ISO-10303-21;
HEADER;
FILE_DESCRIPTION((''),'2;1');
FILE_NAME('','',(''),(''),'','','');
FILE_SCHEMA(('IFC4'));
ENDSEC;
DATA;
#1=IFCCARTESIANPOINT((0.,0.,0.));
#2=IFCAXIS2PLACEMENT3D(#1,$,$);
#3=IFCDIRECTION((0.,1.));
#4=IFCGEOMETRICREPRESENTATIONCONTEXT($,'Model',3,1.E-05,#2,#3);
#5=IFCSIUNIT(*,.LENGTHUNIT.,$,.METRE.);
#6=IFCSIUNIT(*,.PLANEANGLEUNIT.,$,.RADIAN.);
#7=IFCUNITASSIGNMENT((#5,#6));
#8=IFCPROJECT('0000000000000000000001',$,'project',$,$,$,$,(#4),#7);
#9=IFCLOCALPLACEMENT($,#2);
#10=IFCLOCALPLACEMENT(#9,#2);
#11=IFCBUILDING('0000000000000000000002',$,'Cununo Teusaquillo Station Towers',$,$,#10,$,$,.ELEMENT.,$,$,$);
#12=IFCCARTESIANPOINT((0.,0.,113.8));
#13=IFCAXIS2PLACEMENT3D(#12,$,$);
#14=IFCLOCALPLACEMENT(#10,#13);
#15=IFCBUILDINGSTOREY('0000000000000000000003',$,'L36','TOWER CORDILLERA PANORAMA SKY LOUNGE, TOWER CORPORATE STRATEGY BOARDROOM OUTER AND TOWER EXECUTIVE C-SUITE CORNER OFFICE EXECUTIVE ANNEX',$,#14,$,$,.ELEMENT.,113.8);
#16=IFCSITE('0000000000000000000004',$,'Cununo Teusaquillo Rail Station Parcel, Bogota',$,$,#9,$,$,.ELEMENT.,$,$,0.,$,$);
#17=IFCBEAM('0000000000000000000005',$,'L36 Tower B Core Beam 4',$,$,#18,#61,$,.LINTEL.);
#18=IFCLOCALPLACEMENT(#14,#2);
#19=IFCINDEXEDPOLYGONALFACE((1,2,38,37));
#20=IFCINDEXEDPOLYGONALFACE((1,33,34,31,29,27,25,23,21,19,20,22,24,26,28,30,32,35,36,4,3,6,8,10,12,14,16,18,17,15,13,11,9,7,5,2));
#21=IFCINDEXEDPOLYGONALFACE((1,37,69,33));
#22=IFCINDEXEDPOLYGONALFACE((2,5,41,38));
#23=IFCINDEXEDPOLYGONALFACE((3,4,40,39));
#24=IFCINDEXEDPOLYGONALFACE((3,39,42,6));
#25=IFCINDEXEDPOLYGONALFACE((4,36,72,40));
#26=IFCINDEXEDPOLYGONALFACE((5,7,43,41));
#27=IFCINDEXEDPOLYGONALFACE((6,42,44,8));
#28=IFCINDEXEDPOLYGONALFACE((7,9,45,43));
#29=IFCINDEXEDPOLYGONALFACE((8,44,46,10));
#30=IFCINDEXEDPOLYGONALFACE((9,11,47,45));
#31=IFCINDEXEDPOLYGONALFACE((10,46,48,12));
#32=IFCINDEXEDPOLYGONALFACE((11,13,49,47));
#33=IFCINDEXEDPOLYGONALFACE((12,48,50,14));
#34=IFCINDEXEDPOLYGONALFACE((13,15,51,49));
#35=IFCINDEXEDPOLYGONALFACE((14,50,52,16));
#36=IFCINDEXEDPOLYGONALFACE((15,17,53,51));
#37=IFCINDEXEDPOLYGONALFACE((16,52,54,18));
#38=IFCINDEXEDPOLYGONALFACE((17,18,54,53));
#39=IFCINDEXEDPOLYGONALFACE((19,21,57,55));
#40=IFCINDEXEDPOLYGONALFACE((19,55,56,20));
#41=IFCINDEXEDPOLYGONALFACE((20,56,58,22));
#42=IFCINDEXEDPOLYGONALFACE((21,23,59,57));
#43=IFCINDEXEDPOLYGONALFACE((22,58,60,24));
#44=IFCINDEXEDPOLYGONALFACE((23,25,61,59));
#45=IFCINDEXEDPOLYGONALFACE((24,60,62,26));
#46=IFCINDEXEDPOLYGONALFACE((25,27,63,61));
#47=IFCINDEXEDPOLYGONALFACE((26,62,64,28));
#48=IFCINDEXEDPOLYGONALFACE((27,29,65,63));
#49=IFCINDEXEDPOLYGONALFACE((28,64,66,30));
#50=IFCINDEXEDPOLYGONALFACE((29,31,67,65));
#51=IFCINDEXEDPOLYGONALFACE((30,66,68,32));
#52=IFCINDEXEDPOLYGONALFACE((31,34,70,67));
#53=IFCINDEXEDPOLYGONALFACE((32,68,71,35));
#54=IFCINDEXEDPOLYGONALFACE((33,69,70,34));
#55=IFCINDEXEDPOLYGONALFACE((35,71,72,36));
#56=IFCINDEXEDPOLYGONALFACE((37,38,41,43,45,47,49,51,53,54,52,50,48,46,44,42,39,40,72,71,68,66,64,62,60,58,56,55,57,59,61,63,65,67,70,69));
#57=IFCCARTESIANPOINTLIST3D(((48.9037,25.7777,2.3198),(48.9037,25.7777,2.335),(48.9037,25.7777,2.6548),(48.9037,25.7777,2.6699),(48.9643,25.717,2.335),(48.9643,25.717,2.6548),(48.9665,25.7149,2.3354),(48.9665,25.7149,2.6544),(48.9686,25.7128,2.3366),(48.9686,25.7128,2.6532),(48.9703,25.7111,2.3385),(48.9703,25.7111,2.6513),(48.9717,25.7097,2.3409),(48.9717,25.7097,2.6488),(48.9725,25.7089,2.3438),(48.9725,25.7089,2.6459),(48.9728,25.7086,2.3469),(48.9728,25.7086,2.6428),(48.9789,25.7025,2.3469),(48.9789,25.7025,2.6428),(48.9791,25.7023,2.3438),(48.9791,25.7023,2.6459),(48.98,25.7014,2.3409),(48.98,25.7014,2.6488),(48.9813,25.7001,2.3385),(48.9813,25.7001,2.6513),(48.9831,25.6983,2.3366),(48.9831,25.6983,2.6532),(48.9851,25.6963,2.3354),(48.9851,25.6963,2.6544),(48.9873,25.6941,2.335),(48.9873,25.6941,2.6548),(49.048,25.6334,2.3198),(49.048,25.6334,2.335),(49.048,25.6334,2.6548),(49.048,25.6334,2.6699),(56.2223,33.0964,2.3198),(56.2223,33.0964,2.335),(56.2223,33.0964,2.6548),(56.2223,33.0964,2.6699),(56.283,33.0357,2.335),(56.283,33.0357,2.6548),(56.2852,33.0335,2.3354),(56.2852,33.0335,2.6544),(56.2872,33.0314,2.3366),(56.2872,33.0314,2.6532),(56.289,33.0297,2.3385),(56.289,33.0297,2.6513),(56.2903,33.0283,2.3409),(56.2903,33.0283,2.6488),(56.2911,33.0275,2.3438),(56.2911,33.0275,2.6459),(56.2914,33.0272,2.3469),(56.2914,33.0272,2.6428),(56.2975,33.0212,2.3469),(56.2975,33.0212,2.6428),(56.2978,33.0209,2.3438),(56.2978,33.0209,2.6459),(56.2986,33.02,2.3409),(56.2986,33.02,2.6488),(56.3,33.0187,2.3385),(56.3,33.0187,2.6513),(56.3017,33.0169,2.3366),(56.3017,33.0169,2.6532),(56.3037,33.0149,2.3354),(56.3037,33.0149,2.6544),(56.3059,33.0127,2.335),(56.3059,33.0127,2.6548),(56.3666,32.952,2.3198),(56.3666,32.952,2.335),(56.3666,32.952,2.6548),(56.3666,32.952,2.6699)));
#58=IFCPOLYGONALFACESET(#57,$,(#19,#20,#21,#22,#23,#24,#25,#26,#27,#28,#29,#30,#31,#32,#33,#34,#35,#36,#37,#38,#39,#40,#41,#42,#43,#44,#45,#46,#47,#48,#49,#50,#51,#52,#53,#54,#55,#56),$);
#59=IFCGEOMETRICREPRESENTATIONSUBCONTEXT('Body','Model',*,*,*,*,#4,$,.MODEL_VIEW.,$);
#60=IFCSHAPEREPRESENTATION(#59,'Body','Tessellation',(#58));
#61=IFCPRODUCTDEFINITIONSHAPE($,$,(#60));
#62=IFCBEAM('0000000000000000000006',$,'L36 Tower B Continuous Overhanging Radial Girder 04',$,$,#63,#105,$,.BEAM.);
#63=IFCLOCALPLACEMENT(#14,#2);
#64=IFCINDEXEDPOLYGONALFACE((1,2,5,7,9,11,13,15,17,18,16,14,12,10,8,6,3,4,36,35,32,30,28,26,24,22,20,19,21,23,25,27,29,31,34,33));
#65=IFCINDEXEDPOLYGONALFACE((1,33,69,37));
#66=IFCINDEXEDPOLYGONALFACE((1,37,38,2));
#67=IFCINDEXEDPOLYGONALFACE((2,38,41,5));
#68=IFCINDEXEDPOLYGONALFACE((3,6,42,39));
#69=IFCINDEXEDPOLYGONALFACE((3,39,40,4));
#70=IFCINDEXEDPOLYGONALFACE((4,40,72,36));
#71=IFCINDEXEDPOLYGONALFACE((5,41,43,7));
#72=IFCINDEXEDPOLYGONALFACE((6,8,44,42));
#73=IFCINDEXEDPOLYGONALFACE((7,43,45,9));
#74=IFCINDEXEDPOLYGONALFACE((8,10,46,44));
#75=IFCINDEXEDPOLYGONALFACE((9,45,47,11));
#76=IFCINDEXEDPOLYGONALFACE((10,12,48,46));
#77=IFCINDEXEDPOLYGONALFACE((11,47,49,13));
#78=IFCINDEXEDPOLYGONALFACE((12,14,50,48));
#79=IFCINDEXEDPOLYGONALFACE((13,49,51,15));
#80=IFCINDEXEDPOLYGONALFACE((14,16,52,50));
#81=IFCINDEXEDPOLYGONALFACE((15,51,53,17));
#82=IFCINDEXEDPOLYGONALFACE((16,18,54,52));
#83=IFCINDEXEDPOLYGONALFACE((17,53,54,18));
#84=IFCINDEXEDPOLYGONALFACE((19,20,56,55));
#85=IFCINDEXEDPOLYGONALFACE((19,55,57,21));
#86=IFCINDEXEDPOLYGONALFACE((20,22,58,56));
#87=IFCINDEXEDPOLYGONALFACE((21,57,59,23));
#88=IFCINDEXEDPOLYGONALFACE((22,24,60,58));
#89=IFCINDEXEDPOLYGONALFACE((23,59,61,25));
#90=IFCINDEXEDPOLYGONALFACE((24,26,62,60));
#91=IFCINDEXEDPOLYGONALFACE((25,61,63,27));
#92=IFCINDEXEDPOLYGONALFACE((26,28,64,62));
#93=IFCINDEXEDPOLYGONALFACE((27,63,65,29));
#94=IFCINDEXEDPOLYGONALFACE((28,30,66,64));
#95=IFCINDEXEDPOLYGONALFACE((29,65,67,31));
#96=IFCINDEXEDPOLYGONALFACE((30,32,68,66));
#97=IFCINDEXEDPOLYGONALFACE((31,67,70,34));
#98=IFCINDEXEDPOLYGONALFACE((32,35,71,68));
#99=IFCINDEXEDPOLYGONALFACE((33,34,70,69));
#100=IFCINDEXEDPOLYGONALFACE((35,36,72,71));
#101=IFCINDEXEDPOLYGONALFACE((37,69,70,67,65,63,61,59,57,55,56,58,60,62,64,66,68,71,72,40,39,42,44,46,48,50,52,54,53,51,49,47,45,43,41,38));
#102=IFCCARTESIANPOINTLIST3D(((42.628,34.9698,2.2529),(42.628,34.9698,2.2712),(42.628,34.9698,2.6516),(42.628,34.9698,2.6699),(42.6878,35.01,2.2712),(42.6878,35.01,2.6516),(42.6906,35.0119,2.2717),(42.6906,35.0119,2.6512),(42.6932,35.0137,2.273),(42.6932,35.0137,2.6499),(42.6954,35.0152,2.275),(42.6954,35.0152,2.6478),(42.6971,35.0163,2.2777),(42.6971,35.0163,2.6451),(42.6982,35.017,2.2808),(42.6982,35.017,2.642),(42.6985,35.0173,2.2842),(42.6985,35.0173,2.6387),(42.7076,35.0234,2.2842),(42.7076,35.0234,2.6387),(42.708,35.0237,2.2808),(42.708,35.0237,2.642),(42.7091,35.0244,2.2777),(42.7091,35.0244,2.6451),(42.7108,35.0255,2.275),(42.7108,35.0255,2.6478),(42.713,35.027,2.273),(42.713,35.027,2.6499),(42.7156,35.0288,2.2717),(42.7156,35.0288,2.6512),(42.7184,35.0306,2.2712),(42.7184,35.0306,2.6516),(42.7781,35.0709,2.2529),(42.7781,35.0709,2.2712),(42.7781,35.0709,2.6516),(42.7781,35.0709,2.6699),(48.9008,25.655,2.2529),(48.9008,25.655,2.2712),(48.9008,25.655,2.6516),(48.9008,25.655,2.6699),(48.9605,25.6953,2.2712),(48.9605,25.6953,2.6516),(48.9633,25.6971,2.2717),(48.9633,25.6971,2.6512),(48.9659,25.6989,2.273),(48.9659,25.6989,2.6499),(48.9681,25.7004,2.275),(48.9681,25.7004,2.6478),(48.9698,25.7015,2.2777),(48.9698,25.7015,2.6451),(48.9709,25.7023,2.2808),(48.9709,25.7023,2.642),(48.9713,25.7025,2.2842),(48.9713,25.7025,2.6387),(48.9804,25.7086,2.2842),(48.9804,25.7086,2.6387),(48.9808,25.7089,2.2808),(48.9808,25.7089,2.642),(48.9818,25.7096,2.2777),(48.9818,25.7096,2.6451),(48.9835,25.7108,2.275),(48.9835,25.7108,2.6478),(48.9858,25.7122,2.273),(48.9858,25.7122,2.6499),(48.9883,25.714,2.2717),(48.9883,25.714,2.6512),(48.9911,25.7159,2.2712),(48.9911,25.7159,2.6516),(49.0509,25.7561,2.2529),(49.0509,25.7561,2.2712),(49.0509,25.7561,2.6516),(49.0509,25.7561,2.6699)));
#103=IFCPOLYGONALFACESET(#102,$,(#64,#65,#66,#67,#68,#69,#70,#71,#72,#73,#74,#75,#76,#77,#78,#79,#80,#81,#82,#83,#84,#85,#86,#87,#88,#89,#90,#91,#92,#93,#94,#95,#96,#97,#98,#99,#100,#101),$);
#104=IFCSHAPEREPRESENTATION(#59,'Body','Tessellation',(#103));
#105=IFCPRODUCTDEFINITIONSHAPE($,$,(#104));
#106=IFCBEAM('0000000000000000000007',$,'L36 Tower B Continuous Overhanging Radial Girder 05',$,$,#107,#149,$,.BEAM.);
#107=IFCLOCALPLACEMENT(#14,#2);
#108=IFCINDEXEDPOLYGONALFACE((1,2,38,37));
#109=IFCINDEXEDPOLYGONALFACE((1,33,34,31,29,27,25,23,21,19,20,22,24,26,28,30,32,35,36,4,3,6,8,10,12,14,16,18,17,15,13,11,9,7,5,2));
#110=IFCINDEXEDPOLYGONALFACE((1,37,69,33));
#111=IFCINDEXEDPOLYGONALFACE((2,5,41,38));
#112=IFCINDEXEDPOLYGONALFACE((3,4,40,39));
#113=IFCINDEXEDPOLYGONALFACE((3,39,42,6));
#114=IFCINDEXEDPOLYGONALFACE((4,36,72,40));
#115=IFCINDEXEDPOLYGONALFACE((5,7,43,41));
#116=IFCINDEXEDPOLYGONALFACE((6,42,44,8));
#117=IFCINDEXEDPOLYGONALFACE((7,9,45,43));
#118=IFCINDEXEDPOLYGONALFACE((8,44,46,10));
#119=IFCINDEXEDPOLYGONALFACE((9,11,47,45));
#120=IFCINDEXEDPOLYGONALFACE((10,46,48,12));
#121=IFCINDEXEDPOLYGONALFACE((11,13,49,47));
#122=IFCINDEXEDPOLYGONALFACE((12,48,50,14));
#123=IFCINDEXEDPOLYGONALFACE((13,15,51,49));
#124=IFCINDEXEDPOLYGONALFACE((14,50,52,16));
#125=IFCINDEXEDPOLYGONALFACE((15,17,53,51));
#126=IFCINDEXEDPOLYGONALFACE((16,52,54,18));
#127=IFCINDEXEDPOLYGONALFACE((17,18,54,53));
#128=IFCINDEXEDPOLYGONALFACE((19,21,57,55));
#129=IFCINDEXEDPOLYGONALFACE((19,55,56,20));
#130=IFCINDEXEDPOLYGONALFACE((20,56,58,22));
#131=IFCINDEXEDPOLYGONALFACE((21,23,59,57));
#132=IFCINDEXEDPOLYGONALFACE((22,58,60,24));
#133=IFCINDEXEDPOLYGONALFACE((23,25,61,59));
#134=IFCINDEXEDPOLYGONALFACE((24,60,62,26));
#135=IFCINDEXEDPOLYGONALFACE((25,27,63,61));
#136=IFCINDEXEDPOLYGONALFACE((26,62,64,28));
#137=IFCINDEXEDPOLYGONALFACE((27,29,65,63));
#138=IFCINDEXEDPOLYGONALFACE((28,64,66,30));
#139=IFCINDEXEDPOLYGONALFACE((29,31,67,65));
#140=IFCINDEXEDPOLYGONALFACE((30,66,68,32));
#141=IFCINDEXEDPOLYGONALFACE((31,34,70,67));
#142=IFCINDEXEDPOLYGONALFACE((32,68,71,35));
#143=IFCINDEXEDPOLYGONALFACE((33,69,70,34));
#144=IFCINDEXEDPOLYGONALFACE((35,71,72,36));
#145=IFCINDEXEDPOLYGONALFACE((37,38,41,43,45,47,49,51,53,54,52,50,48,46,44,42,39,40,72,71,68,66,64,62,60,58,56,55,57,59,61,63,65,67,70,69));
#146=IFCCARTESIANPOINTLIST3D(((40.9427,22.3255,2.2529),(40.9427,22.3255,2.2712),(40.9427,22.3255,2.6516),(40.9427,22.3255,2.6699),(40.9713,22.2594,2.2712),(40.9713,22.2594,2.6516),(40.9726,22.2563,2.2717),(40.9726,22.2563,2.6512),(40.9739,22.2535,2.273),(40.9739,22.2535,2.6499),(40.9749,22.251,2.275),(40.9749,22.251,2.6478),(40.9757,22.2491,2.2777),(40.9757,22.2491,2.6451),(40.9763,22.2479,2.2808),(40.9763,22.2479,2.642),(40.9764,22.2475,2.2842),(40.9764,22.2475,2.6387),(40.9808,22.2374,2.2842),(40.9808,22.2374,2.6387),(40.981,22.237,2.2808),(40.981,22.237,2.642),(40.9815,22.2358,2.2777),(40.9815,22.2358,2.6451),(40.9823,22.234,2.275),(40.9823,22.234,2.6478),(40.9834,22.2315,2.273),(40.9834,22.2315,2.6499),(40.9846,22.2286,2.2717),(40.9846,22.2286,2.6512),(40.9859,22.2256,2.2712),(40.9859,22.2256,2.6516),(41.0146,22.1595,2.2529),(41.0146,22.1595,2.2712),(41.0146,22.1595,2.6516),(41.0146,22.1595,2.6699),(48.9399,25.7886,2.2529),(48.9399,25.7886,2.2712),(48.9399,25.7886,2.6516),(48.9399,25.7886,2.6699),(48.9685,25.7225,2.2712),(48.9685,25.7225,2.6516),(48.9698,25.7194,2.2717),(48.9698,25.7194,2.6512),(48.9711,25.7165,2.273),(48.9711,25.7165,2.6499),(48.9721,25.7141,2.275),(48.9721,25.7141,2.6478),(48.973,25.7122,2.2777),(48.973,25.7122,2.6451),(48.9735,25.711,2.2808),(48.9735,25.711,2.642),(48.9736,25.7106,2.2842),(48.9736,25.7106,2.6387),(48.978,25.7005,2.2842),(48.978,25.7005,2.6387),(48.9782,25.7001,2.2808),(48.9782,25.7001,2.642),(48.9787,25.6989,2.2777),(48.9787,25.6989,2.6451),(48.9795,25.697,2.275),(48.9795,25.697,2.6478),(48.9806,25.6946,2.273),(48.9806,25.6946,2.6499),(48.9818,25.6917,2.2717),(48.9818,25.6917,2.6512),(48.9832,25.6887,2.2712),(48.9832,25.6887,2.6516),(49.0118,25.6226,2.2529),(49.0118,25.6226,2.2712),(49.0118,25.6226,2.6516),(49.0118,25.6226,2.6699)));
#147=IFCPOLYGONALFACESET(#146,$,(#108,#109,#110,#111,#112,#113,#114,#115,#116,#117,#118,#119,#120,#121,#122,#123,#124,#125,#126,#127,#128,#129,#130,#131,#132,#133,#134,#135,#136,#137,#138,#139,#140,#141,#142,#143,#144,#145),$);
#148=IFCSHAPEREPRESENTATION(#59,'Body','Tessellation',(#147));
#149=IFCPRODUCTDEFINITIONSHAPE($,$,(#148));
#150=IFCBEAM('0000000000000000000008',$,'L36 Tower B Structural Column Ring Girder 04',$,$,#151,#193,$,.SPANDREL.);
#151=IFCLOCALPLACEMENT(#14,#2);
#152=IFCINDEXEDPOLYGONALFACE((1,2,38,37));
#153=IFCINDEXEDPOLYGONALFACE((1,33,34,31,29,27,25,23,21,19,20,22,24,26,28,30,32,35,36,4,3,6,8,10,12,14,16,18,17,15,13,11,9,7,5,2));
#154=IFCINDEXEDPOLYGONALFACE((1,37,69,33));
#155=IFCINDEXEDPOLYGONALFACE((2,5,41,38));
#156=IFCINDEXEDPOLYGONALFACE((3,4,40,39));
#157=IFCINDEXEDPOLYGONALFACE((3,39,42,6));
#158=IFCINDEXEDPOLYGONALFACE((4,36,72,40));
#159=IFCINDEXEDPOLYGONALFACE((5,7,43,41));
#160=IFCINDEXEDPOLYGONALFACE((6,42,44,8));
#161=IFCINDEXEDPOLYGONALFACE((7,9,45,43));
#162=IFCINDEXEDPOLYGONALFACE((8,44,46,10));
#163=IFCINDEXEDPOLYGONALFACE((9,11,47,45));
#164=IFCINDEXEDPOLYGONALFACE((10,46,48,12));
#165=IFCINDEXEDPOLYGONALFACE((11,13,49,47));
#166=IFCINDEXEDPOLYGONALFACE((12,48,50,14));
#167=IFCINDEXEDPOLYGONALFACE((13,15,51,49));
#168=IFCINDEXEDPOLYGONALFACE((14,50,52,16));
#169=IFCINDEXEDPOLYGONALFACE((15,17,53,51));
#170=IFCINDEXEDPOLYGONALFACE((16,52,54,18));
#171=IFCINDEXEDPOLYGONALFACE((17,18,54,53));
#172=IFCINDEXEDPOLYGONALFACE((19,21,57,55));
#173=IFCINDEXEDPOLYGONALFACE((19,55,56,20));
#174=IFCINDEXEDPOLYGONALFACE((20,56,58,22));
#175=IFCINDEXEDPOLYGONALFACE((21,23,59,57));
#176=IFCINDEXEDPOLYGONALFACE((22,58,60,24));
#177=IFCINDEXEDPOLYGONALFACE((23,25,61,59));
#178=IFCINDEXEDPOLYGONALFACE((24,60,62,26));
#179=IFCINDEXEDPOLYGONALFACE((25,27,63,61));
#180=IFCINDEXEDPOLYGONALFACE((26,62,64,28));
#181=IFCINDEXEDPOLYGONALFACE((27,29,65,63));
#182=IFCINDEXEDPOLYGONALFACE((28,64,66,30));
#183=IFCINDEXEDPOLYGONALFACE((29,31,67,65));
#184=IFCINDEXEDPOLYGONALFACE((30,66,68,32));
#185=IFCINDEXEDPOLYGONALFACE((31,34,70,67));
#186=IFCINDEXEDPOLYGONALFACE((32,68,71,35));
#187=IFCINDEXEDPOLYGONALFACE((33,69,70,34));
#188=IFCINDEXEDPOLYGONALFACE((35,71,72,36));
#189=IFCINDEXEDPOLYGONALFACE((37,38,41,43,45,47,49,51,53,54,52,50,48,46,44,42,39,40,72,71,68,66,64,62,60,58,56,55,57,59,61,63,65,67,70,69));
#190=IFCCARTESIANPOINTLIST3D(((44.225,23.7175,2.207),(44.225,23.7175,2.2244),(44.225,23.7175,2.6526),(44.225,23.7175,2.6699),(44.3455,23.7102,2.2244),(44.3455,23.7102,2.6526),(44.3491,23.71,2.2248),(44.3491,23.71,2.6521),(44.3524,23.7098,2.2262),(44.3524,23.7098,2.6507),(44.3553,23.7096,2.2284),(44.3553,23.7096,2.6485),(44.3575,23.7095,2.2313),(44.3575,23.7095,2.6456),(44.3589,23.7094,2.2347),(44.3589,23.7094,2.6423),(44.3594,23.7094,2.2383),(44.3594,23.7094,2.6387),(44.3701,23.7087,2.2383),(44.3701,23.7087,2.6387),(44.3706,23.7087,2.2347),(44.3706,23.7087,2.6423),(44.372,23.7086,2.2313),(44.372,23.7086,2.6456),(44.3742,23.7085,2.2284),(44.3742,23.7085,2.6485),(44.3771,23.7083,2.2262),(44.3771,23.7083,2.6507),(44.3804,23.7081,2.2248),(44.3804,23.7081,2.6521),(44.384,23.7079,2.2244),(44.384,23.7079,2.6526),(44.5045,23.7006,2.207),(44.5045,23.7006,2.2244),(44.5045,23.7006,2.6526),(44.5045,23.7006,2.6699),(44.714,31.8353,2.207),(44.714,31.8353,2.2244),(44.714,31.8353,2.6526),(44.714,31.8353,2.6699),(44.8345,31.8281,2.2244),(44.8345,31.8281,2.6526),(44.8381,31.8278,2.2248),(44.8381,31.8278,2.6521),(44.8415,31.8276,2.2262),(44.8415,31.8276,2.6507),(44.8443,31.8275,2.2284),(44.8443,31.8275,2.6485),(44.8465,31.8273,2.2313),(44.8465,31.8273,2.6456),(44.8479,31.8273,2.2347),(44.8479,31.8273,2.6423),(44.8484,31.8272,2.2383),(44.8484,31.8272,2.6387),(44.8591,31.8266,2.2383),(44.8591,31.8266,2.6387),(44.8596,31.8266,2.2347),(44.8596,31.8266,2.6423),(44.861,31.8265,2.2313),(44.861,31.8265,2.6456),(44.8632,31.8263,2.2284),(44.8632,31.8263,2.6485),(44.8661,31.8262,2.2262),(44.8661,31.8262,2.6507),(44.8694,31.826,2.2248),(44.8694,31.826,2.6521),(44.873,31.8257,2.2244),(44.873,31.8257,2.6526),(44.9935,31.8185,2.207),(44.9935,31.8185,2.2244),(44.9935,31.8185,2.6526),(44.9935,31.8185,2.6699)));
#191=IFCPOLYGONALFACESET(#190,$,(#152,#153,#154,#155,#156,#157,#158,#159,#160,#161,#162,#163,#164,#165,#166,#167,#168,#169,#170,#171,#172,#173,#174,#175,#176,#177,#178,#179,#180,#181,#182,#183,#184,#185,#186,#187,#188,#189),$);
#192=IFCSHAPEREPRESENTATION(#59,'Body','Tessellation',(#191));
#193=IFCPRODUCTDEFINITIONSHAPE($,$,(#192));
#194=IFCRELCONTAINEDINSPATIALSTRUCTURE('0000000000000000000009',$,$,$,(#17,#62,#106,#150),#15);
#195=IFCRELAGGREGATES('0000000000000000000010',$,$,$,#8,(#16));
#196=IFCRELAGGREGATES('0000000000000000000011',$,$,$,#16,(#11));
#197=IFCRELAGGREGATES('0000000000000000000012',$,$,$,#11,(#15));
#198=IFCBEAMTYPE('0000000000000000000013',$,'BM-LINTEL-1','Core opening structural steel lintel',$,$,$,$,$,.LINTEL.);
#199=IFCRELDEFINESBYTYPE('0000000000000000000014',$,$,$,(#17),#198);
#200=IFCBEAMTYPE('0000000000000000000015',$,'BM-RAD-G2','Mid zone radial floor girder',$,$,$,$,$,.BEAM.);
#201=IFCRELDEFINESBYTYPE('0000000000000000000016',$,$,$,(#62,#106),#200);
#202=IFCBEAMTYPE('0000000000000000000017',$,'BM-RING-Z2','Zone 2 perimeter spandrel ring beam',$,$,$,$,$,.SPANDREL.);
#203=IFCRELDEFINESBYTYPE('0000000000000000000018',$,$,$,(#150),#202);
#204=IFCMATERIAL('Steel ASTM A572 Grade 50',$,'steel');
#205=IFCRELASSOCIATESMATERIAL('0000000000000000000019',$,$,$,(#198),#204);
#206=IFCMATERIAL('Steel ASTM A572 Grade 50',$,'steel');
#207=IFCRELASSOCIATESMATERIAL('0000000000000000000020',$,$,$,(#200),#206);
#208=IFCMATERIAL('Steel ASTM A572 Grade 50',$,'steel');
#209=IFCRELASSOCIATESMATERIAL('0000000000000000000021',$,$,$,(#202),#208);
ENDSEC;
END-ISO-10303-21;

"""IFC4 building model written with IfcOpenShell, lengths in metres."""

from ifc_helpers import new_model, si_unit, direction, frame, origin, origin_2d, place, context, subcontext, project, spatial, i_section, extrude, material, material_profile, profile_set, type_object, element, save


model = new_model("IFC4")

# Units and contexts
model_context = context("Model", 3, precision=1e-05, world=origin(), true_north=direction((0.0, 1.0)))
body_context = subcontext(model_context, "Body", "Model", "MODEL_VIEW")
ifc_project = project(units=[si_unit("LENGTHUNIT", "METRE"), si_unit("PLANEANGLEUNIT", "RADIAN")], contexts=[model_context])

# Site, building, storey
site_placement = place(None, origin())
site = spatial("IfcSite", under=ifc_project, at=site_placement, Name="Cununo Teusaquillo Rail Station Parcel, Bogota", CompositionType="ELEMENT", RefElevation=0.0)
building_placement = place(site_placement, origin())
building = spatial("IfcBuilding", under=site, at=building_placement, Name="Cununo Teusaquillo Station Towers", CompositionType="ELEMENT")
storey_placement = place(building_placement, frame((0.0, 0.0, 113.8)))
storey = spatial("IfcBuildingStorey", under=building, at=storey_placement, Name="L36", Description="TOWER CORDILLERA PANORAMA SKY LOUNGE, TOWER CORPORATE STRATEGY BOARDROOM OUTER AND TOWER EXECUTIVE C-SUITE CORNER OFFICE EXECUTIVE ANNEX", CompositionType="ELEMENT", Elevation=113.8)

# Beams
ifc_material_1 = material(Name="Steel ASTM A572 Grade 50", Category="steel")
ifc_material_profile_1 = material_profile(ifc_material_1, i_section(OverallWidth=0.2041, OverallDepth=0.3501, WebThickness=0.0085, FlangeThickness=0.0151, FilletRadius=0.012, at=origin_2d()), Name="W14X48")
ifc_profile_set_1 = profile_set([ifc_material_profile_1], Name="Steel ASTM A572 Grade 50")
beam_type_1 = type_object("IfcBeamType", Name="BM-LINTEL-1", Description="Core opening structural steel lintel", PredefinedType="LINTEL", material=ifc_profile_set_1)
beam_1_placement = place(storey_placement, frame((48.9758, 25.7056, 2.4949), z_axis=(0.707107, 0.707107, 0.0), x_axis=(-0.707107, 0.707107, 0.0)))
element("IfcBeam", 1, at=beam_1_placement, inside=storey, type_object=beam_type_1, Name="L36 Tower B Core Beam 4", PredefinedType="LINTEL", context=body_context, shape_type="SweptSolid", body=[
    extrude(i_section(OverallWidth=0.2041, OverallDepth=0.3501, WebThickness=0.0085, FlangeThickness=0.0151, FilletRadius=0.012, at=origin_2d()), origin(), (0.0, 0.0, 1.0), 10.3501),
])
ifc_material_2 = material(Name="Steel ASTM A572 Grade 50", Category="steel")
ifc_material_profile_2 = material_profile(ifc_material_2, i_section(OverallWidth=0.1809, OverallDepth=0.417, WebThickness=0.011, FlangeThickness=0.0183, FilletRadius=0.0129, at=origin_2d()), Name="W16X57")
ifc_profile_set_2 = profile_set([ifc_material_profile_2], Name="Steel ASTM A572 Grade 50")
beam_type_2 = type_object("IfcBeamType", Name="BM-RAD-G2", Description="Mid zone radial floor girder", PredefinedType="BEAM", material=ifc_profile_set_2)
beam_2_placement = place(storey_placement, frame((48.9758, 25.7056, 2.4614), z_axis=(-0.558572, 0.829456, 0.0), x_axis=(-0.829456, -0.558572, 0.0)))
element("IfcBeam", 2, at=beam_2_placement, inside=storey, type_object=beam_type_2, Name="L36 Tower B Continuous Overhanging Radial Girder 04", PredefinedType="BEAM", context=body_context, shape_type="SweptSolid", body=[
    extrude(i_section(OverallWidth=0.1809, OverallDepth=0.417, WebThickness=0.011, FlangeThickness=0.0183, FilletRadius=0.0129, at=origin_2d()), origin(), (0.0, 0.0, 1.0), 11.23),
])
beam_3_placement = place(storey_placement, frame((48.9758, 25.7056, 2.4614), z_axis=(-0.917655, -0.397379, 0.0), x_axis=(0.397379, -0.917655, 0.0)))
element("IfcBeam", 3, at=beam_3_placement, inside=storey, type_object=beam_type_2, Name="L36 Tower B Continuous Overhanging Radial Girder 05", PredefinedType="BEAM", context=body_context, shape_type="SweptSolid", body=[
    extrude(i_section(OverallWidth=0.1809, OverallDepth=0.417, WebThickness=0.011, FlangeThickness=0.0183, FilletRadius=0.0129, at=origin_2d()), origin(), (0.0, 0.0, 1.0), 8.7148),
])
ifc_material_3 = material(Name="Steel ASTM A572 Grade 50", Category="steel")
ifc_material_profile_3 = material_profile(ifc_material_3, i_section(OverallWidth=0.28, OverallDepth=0.4629, WebThickness=0.0107, FlangeThickness=0.0173, FilletRadius=0.0139, at=origin_2d()), Name="W18X76")
ifc_profile_set_3 = profile_set([ifc_material_profile_3], Name="Steel ASTM A572 Grade 50")
beam_type_3 = type_object("IfcBeamType", Name="BM-RING-Z2", Description="Zone 2 perimeter spandrel ring beam", PredefinedType="SPANDREL", material=ifc_profile_set_3)
beam_4_placement = place(storey_placement, frame((44.8538, 31.8269, 2.4385), z_axis=(-0.06013, -0.998191, 0.0), x_axis=(0.998191, -0.06013, 0.0)))
element("IfcBeam", 4, at=beam_4_placement, inside=storey, type_object=beam_type_3, Name="L36 Tower B Structural Column Ring Girder 04", PredefinedType="SPANDREL", context=body_context, shape_type="SweptSolid", body=[
    extrude(i_section(OverallWidth=0.28, OverallDepth=0.4629, WebThickness=0.0107, FlangeThickness=0.0173, FilletRadius=0.0139, at=origin_2d()), origin(), (0.0, 0.0, 1.0), 8.1326),
])

save(model, "model.ifc")
